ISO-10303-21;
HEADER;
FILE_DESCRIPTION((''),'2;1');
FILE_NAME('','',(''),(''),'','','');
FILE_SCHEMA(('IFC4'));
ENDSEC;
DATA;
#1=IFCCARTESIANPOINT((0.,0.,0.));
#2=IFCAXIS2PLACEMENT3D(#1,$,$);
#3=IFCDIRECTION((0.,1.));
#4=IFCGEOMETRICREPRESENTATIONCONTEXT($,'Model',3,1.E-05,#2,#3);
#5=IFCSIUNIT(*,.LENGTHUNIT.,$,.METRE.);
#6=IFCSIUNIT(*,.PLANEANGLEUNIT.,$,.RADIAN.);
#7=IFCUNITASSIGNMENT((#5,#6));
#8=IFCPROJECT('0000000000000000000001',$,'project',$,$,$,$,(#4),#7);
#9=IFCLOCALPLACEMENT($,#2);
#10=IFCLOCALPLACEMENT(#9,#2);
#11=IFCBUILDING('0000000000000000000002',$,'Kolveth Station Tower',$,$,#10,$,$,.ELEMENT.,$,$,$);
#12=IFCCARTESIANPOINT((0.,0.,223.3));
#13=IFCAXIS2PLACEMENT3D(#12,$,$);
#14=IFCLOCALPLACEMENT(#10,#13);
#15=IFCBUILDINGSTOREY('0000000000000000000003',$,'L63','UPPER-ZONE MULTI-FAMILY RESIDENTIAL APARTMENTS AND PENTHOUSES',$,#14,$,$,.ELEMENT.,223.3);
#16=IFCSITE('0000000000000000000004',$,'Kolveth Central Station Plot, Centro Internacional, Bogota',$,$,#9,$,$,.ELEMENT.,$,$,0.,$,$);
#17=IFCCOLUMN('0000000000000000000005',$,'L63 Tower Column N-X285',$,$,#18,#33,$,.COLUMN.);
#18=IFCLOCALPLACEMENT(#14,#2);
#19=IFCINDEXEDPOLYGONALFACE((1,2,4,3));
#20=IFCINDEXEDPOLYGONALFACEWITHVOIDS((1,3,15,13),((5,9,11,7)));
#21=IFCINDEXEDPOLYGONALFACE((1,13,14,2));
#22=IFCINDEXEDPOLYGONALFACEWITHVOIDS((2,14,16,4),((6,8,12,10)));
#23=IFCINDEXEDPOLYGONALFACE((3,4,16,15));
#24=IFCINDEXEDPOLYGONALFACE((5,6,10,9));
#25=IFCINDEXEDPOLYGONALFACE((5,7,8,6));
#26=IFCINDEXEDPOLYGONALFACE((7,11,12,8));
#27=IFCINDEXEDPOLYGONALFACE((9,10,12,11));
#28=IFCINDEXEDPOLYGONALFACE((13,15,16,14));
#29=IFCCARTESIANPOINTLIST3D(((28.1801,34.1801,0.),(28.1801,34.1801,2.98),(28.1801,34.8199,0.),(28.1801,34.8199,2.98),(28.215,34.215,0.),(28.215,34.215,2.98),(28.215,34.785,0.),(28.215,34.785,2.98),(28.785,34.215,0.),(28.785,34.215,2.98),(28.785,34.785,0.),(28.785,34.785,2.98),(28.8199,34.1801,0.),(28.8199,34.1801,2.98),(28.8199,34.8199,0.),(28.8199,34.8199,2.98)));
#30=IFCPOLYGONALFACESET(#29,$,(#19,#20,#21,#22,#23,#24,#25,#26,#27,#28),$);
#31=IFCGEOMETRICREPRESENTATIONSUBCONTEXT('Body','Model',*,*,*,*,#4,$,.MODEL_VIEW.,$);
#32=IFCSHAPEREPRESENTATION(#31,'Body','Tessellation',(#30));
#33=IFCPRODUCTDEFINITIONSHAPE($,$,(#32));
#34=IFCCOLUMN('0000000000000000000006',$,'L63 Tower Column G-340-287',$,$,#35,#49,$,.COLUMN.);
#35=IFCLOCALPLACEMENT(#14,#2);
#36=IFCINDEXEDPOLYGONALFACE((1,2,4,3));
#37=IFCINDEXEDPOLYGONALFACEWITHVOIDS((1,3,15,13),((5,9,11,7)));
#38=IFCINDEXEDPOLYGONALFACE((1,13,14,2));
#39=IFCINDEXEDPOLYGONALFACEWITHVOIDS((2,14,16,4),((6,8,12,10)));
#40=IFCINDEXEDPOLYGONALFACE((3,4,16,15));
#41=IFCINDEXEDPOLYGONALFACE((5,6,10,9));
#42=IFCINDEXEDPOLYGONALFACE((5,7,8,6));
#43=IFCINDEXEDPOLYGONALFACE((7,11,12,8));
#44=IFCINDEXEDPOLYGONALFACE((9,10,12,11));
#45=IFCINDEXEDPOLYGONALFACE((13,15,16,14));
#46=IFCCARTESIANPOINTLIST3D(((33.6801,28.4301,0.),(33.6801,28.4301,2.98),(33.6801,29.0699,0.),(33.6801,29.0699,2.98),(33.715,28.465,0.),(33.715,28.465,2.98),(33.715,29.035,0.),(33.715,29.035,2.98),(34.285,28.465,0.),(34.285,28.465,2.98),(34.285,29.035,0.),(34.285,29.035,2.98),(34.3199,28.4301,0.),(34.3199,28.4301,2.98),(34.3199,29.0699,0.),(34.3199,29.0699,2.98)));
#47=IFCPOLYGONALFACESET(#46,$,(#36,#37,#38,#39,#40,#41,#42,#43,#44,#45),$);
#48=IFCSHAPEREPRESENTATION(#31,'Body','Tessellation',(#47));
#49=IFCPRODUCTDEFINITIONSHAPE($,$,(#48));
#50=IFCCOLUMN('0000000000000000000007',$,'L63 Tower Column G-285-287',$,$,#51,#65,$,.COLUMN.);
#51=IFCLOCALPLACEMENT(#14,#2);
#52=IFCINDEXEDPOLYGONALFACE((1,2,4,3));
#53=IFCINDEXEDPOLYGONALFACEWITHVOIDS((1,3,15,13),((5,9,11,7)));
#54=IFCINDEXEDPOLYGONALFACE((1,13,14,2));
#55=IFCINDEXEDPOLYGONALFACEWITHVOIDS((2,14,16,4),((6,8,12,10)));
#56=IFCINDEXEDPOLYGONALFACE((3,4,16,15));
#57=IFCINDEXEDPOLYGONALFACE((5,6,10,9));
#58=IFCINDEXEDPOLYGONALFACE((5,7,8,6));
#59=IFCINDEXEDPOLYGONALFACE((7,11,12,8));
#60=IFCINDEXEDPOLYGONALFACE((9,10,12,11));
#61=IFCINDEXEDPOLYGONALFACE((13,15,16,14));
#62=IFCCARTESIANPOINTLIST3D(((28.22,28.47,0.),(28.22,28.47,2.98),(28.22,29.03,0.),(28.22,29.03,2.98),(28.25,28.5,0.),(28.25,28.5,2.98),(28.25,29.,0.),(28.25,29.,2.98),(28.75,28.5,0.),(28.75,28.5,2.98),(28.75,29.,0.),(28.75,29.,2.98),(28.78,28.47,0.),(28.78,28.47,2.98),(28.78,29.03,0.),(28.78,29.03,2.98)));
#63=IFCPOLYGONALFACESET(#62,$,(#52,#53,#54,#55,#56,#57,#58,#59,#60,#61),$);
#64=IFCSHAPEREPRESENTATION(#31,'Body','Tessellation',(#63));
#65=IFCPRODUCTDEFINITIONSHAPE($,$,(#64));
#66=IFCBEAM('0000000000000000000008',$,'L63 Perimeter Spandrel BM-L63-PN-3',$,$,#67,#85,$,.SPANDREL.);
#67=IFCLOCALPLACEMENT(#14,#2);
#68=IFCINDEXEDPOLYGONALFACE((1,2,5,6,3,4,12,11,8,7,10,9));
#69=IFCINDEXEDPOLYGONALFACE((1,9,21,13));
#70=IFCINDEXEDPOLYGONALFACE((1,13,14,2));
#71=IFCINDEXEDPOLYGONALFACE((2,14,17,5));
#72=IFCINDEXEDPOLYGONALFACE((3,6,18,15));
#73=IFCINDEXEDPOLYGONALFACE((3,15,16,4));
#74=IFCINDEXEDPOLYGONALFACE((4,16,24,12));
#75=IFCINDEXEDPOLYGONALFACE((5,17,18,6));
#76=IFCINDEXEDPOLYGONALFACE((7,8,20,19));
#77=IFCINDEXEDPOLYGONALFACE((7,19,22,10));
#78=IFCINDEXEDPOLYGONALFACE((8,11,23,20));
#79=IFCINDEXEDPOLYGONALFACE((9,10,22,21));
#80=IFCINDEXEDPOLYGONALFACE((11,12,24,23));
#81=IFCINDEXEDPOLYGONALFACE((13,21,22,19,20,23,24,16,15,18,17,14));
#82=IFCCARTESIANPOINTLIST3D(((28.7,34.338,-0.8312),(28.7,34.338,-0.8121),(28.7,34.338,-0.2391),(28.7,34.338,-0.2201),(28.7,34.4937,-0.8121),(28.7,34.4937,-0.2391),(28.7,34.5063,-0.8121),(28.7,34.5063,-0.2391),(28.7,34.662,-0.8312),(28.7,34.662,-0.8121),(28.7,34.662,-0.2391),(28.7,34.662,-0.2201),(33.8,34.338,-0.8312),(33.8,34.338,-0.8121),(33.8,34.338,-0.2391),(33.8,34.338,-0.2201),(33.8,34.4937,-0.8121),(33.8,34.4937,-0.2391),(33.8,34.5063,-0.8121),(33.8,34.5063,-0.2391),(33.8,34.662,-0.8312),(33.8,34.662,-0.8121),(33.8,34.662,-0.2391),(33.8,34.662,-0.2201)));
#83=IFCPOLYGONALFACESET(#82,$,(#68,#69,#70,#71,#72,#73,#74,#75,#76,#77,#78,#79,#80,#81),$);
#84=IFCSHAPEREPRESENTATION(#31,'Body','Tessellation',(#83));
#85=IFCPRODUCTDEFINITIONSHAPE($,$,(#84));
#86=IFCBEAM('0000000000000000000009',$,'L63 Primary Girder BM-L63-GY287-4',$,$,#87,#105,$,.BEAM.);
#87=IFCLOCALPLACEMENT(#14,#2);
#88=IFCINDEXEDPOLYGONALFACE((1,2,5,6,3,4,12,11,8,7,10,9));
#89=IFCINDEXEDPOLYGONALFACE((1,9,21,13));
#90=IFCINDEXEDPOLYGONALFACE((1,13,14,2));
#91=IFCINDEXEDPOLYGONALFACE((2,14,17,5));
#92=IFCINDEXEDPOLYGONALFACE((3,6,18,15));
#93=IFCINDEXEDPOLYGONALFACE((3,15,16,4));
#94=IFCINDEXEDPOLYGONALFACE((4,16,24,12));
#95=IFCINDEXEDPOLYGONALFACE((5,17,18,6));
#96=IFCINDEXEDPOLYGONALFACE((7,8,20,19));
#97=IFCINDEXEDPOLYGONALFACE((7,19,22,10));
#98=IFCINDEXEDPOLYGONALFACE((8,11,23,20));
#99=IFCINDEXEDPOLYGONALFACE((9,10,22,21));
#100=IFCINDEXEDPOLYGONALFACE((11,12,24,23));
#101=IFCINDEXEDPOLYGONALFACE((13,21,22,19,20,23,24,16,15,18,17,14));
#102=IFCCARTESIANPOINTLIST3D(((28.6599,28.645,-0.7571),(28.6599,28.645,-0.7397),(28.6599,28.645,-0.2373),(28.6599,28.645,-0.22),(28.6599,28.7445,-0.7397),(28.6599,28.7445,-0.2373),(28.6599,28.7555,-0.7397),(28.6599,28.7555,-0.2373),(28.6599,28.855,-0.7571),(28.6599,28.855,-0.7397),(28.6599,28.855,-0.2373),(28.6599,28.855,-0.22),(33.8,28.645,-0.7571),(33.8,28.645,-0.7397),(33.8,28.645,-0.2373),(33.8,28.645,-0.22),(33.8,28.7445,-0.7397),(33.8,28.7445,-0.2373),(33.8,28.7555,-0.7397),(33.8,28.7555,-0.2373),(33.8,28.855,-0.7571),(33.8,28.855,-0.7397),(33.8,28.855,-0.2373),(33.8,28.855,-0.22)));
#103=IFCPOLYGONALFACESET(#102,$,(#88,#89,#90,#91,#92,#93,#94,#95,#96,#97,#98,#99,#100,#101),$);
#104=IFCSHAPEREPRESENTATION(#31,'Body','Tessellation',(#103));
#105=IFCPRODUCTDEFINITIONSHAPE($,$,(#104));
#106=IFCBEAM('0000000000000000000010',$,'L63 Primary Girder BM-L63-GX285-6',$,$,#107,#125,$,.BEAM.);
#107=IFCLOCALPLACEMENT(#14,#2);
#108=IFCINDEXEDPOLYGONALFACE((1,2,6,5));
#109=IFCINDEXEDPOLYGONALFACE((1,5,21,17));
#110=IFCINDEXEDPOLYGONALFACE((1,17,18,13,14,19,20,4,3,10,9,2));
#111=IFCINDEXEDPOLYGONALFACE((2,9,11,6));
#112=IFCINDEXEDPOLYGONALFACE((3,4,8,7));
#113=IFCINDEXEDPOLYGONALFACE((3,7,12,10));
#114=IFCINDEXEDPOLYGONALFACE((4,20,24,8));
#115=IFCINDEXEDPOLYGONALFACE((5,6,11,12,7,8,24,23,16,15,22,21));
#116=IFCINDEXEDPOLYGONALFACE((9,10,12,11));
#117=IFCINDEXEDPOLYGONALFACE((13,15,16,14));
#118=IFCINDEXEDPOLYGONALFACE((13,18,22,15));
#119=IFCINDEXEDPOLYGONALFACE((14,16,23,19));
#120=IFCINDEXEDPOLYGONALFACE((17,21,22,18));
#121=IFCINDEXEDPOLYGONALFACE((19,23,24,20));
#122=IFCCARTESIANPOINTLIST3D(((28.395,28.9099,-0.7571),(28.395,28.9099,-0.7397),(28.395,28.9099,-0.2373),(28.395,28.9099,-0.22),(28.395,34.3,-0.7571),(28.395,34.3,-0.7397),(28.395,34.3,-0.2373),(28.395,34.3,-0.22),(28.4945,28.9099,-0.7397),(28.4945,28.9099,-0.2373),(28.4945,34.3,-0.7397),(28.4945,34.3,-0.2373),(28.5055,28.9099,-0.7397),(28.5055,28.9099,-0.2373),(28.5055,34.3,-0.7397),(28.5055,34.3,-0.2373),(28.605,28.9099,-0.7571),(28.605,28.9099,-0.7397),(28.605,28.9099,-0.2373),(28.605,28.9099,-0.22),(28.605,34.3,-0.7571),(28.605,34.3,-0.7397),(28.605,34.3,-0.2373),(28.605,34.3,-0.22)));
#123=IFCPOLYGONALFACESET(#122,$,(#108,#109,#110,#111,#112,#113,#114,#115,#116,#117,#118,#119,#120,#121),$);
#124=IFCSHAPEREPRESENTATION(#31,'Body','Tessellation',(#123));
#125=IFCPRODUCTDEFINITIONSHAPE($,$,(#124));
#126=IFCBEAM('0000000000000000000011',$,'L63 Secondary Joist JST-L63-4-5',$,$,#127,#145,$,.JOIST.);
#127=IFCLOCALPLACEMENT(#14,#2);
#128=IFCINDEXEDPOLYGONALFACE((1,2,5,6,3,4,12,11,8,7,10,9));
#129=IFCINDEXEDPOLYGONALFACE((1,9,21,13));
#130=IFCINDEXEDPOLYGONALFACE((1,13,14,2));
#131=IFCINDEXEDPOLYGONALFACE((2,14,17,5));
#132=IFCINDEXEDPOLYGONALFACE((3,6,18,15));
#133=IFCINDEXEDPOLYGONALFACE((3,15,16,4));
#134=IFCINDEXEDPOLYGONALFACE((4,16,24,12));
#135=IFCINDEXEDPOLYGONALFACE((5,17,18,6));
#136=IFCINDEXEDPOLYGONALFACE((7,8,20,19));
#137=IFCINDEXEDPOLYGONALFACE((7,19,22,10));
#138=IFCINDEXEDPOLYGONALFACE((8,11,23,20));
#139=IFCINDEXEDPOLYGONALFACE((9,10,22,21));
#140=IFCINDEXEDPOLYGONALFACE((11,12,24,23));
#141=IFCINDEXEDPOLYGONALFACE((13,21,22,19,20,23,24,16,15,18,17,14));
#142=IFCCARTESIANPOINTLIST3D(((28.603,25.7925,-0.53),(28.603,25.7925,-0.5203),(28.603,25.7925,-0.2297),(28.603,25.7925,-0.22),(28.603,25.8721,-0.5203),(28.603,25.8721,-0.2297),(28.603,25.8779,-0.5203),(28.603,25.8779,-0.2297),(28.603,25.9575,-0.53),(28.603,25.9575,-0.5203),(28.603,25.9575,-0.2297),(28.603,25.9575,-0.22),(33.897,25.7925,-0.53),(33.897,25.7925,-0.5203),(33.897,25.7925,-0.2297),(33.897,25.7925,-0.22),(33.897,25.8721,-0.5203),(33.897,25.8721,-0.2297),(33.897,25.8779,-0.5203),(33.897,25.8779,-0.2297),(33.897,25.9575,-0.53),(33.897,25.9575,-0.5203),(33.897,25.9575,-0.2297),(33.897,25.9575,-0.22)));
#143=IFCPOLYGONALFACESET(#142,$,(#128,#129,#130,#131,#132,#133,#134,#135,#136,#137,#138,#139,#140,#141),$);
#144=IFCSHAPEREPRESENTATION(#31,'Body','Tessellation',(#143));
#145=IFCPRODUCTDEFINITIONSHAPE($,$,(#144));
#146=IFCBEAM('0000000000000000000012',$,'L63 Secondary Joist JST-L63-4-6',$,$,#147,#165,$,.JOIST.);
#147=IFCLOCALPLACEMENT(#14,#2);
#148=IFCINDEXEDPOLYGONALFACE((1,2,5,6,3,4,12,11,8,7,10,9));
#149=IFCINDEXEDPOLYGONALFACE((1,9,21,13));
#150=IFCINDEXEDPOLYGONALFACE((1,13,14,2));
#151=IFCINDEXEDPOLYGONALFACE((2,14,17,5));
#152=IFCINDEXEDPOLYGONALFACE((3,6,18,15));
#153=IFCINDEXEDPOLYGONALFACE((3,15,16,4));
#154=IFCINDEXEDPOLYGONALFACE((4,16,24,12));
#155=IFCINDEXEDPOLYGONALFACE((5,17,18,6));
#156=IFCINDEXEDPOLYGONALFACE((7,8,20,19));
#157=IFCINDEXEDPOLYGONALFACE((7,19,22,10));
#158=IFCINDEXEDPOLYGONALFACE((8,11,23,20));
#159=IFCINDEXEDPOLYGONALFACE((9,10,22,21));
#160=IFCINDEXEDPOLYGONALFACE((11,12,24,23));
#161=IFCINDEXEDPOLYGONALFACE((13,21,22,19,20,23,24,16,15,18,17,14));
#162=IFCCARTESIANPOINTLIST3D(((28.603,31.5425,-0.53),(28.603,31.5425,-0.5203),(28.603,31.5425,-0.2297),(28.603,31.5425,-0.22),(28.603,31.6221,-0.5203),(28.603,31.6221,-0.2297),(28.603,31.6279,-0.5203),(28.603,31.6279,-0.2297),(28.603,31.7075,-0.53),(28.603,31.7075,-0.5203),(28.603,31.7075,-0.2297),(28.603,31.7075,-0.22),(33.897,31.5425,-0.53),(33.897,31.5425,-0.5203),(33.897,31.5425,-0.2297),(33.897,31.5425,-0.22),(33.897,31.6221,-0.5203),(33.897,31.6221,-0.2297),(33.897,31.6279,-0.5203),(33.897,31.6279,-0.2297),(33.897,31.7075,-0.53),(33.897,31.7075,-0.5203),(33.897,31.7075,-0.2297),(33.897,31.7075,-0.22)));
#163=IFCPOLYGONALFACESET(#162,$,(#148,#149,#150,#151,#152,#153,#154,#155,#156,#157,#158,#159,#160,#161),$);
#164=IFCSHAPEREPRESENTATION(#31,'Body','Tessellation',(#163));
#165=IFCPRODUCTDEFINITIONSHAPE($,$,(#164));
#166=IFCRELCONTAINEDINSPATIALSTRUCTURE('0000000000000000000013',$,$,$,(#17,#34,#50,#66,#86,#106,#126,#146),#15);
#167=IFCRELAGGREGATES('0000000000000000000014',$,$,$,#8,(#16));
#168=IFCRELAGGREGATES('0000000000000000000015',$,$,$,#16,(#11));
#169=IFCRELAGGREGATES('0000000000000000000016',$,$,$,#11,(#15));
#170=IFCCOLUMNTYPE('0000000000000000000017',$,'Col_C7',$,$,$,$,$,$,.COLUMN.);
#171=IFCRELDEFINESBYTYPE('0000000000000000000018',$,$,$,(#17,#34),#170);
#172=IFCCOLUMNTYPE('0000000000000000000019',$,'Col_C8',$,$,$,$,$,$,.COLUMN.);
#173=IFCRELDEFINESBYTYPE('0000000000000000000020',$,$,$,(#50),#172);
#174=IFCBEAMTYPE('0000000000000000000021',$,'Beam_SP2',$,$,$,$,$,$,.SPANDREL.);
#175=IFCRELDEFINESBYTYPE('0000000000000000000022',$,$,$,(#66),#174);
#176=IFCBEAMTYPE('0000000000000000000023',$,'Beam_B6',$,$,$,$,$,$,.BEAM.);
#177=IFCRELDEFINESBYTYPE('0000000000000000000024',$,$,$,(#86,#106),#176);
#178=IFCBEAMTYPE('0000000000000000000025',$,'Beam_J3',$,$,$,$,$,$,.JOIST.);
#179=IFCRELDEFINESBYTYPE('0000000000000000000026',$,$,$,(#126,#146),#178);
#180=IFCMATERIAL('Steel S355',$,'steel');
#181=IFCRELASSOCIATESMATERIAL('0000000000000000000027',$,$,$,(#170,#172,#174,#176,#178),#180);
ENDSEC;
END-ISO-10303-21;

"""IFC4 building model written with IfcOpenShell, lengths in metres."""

from ifc_helpers import new_model, si_unit, direction, frame, origin, origin_2d, place, context, subcontext, project, spatial, hollow_rectangle, i_section, extrude, source, transform, mapped, material, material_profile, profile_set, type_object, element, save


model = new_model("IFC4")

# Units and contexts
model_context = context("Model", 3, precision=1e-05, world=origin(), true_north=direction((0.0, 1.0)))
body_context = subcontext(model_context, "Body", "Model", "MODEL_VIEW")
ifc_project = project(units=[si_unit("LENGTHUNIT", "METRE"), si_unit("PLANEANGLEUNIT", "RADIAN")], contexts=[model_context])

# Site, building, storey
site_placement = place(None, origin())
site = spatial("IfcSite", under=ifc_project, at=site_placement, Name="Kolveth Central Station Plot, Centro Internacional, Bogota", CompositionType="ELEMENT", RefElevation=0.0)
building_placement = place(site_placement, origin())
building = spatial("IfcBuilding", under=site, at=building_placement, Name="Kolveth Station Tower", CompositionType="ELEMENT")
storey_placement = place(building_placement, frame((0.0, 0.0, 223.3)))
storey = spatial("IfcBuildingStorey", under=building, at=storey_placement, Name="L63", Description="UPPER-ZONE MULTI-FAMILY RESIDENTIAL APARTMENTS AND PENTHOUSES", CompositionType="ELEMENT", Elevation=223.3)

# Columns
ifc_material_1 = material(Name="Steel S355", Category="steel")
ifc_material_profile_1 = material_profile(ifc_material_1, hollow_rectangle(XDim=0.6399, YDim=0.6399, WallThickness=0.0349, at=origin_2d()), Name="BOX640x640x35")
ifc_profile_set_1 = profile_set([ifc_material_profile_1], Name="Steel S355")
column_type_1 = type_object("IfcColumnType", Name="Col_C7", PredefinedType="COLUMN", material=ifc_profile_set_1)
shared_shape_1 = source(origin(), body_context, "Body", "SweptSolid", [
    extrude(hollow_rectangle(XDim=0.6399, YDim=0.6399, WallThickness=0.0349, at=origin_2d()), origin(), (0.0, 0.0, 1.0), 2.98),
])
for number, where, z_axis, x_axis, name in (
    (1, (28.5, 34.5, 0.0), (0.0, 0.0, 1.0), (1.0, 0.0, 0.0), "L63 Tower Column N-X285"),
    (2, (34.0, 28.75, 0.0), (0.0, 0.0, 1.0), (1.0, 0.0, 0.0), "L63 Tower Column G-340-287"),
):
    element("IfcColumn", number, at=place(storey_placement, frame(where, z_axis=z_axis, x_axis=x_axis)), inside=storey, type_object=column_type_1, Name=name, PredefinedType="COLUMN", context=body_context, shape_type="MappedRepresentation", body=[
        mapped(shared_shape_1, transform((0.0, 0.0, 0.0), x_axis=(1.0, 0.0, 0.0), y_axis=(0.0, 1.0, 0.0), z_axis=(0.0, 0.0, 1.0), scale=1.0)),
    ])
ifc_material_profile_2 = material_profile(ifc_material_1, hollow_rectangle(XDim=0.5601, YDim=0.5601, WallThickness=0.03, at=origin_2d()), Name="BOX560x560x30")
ifc_profile_set_2 = profile_set([ifc_material_profile_2], Name="Steel S355")
column_type_2 = type_object("IfcColumnType", Name="Col_C8", PredefinedType="COLUMN", material=ifc_profile_set_2)
shared_shape_2 = source(origin(), body_context, "Body", "SweptSolid", [
    extrude(hollow_rectangle(XDim=0.5601, YDim=0.5601, WallThickness=0.03, at=origin_2d()), origin(), (0.0, 0.0, 1.0), 2.98),
])
column_placement = place(storey_placement, frame((28.5, 28.75, 0.0), z_axis=(0.0, 0.0, 1.0), x_axis=(1.0, 0.0, 0.0)))
element("IfcColumn", 3, at=column_placement, inside=storey, type_object=column_type_2, Name="L63 Tower Column G-285-287", PredefinedType="COLUMN", context=body_context, shape_type="MappedRepresentation", body=[
    mapped(shared_shape_2, transform((0.0, 0.0, 0.0), x_axis=(1.0, 0.0, 0.0), y_axis=(0.0, 1.0, 0.0), z_axis=(0.0, 0.0, 1.0), scale=1.0)),
])

# Beams
ifc_material_profile_3 = material_profile(ifc_material_1, i_section(OverallWidth=0.324, OverallDepth=0.6111, WebThickness=0.0127, FlangeThickness=0.019, at=origin_2d()), Name="W610x155")
ifc_profile_set_3 = profile_set([ifc_material_profile_3], Name="Steel S355")
beam_type_1 = type_object("IfcBeamType", Name="Beam_SP2", PredefinedType="SPANDREL", material=ifc_profile_set_3)
shared_shape_3 = source(origin(), body_context, "Body", "SweptSolid", [
    extrude(i_section(OverallWidth=0.324, OverallDepth=0.6111, WebThickness=0.0127, FlangeThickness=0.019, at=origin_2d()), origin(), (0.0, 0.0, 1.0), 5.1001),
])
beam_1_placement = place(storey_placement, frame((28.7, 34.5, -0.5256), z_axis=(1.0, 0.0, 0.0), x_axis=(0.0, 1.0, 0.0)))
element("IfcBeam", 4, at=beam_1_placement, inside=storey, type_object=beam_type_1, Name="L63 Perimeter Spandrel BM-L63-PN-3", PredefinedType="SPANDREL", context=body_context, shape_type="MappedRepresentation", body=[
    mapped(shared_shape_3, transform((0.0, 0.0, 0.0), x_axis=(1.0, 0.0, 0.0), y_axis=(0.0, 1.0, 0.0), z_axis=(0.0, 0.0, 1.0), scale=1.0)),
])
ifc_material_profile_4 = material_profile(ifc_material_1, i_section(OverallWidth=0.21, OverallDepth=0.5371, WebThickness=0.011, FlangeThickness=0.0173, at=origin_2d()), Name="W530x101")
ifc_profile_set_4 = profile_set([ifc_material_profile_4], Name="Steel S355")
beam_type_2 = type_object("IfcBeamType", Name="Beam_B6", PredefinedType="BEAM", material=ifc_profile_set_4)
shared_shape_4 = source(origin(), body_context, "Body", "SweptSolid", [
    extrude(i_section(OverallWidth=0.21, OverallDepth=0.5371, WebThickness=0.011, FlangeThickness=0.0173, at=origin_2d()), origin(), (0.0, 0.0, 1.0), 5.1401),
])
beam_2_placement = place(storey_placement, frame((28.6599, 28.75, -0.4885), z_axis=(1.0, 0.0, 0.0), x_axis=(0.0, 1.0, 0.0)))
element("IfcBeam", 5, at=beam_2_placement, inside=storey, type_object=beam_type_2, Name="L63 Primary Girder BM-L63-GY287-4", PredefinedType="BEAM", context=body_context, shape_type="MappedRepresentation", body=[
    mapped(shared_shape_4, transform((0.0, 0.0, 0.0), x_axis=(1.0, 0.0, 0.0), y_axis=(0.0, 1.0, 0.0), z_axis=(0.0, 0.0, 1.0), scale=1.0)),
])
shared_shape_5 = source(origin(), body_context, "Body", "SweptSolid", [
    extrude(i_section(OverallWidth=0.21, OverallDepth=0.5371, WebThickness=0.011, FlangeThickness=0.0173, at=origin_2d()), origin(), (0.0, 0.0, 1.0), 5.3901),
])
beam_3_placement = place(storey_placement, frame((28.5, 28.9099, -0.4885), z_axis=(0.0, 1.0, 0.0), x_axis=(-1.0, 0.0, 0.0)))
element("IfcBeam", 6, at=beam_3_placement, inside=storey, type_object=beam_type_2, Name="L63 Primary Girder BM-L63-GX285-6", PredefinedType="BEAM", context=body_context, shape_type="MappedRepresentation", body=[
    mapped(shared_shape_5, transform((0.0, 0.0, 0.0), x_axis=(1.0, 0.0, 0.0), y_axis=(0.0, 1.0, 0.0), z_axis=(0.0, 0.0, 1.0), scale=1.0)),
])
ifc_material_profile_5 = material_profile(ifc_material_1, i_section(OverallWidth=0.165, OverallDepth=0.3101, WebThickness=0.0059, FlangeThickness=0.0098, at=origin_2d()), Name="W310x39")
ifc_profile_set_5 = profile_set([ifc_material_profile_5], Name="Steel S355")
beam_type_3 = type_object("IfcBeamType", Name="Beam_J3", PredefinedType="JOIST", material=ifc_profile_set_5)
shared_shape_6 = source(origin(), body_context, "Body", "SweptSolid", [
    extrude(i_section(OverallWidth=0.165, OverallDepth=0.3101, WebThickness=0.0059, FlangeThickness=0.0098, at=origin_2d()), origin(), (0.0, 0.0, 1.0), 5.2939),
])
for number, where, z_axis, x_axis, name in (
    (7, (28.603, 25.875, -0.375), (1.0, 0.0, 0.0), (0.0, 1.0, 0.0), "L63 Secondary Joist JST-L63-4-5"),
    (8, (28.603, 31.625, -0.375), (1.0, 0.0, 0.0), (0.0, 1.0, 0.0), "L63 Secondary Joist JST-L63-4-6"),
):
    element("IfcBeam", number, at=place(storey_placement, frame(where, z_axis=z_axis, x_axis=x_axis)), inside=storey, type_object=beam_type_3, Name=name, PredefinedType="JOIST", context=body_context, shape_type="MappedRepresentation", body=[
        mapped(shared_shape_6, transform((0.0, 0.0, 0.0), x_axis=(1.0, 0.0, 0.0), y_axis=(0.0, 1.0, 0.0), z_axis=(0.0, 0.0, 1.0), scale=1.0)),
    ])

save(model, "model.ifc")
